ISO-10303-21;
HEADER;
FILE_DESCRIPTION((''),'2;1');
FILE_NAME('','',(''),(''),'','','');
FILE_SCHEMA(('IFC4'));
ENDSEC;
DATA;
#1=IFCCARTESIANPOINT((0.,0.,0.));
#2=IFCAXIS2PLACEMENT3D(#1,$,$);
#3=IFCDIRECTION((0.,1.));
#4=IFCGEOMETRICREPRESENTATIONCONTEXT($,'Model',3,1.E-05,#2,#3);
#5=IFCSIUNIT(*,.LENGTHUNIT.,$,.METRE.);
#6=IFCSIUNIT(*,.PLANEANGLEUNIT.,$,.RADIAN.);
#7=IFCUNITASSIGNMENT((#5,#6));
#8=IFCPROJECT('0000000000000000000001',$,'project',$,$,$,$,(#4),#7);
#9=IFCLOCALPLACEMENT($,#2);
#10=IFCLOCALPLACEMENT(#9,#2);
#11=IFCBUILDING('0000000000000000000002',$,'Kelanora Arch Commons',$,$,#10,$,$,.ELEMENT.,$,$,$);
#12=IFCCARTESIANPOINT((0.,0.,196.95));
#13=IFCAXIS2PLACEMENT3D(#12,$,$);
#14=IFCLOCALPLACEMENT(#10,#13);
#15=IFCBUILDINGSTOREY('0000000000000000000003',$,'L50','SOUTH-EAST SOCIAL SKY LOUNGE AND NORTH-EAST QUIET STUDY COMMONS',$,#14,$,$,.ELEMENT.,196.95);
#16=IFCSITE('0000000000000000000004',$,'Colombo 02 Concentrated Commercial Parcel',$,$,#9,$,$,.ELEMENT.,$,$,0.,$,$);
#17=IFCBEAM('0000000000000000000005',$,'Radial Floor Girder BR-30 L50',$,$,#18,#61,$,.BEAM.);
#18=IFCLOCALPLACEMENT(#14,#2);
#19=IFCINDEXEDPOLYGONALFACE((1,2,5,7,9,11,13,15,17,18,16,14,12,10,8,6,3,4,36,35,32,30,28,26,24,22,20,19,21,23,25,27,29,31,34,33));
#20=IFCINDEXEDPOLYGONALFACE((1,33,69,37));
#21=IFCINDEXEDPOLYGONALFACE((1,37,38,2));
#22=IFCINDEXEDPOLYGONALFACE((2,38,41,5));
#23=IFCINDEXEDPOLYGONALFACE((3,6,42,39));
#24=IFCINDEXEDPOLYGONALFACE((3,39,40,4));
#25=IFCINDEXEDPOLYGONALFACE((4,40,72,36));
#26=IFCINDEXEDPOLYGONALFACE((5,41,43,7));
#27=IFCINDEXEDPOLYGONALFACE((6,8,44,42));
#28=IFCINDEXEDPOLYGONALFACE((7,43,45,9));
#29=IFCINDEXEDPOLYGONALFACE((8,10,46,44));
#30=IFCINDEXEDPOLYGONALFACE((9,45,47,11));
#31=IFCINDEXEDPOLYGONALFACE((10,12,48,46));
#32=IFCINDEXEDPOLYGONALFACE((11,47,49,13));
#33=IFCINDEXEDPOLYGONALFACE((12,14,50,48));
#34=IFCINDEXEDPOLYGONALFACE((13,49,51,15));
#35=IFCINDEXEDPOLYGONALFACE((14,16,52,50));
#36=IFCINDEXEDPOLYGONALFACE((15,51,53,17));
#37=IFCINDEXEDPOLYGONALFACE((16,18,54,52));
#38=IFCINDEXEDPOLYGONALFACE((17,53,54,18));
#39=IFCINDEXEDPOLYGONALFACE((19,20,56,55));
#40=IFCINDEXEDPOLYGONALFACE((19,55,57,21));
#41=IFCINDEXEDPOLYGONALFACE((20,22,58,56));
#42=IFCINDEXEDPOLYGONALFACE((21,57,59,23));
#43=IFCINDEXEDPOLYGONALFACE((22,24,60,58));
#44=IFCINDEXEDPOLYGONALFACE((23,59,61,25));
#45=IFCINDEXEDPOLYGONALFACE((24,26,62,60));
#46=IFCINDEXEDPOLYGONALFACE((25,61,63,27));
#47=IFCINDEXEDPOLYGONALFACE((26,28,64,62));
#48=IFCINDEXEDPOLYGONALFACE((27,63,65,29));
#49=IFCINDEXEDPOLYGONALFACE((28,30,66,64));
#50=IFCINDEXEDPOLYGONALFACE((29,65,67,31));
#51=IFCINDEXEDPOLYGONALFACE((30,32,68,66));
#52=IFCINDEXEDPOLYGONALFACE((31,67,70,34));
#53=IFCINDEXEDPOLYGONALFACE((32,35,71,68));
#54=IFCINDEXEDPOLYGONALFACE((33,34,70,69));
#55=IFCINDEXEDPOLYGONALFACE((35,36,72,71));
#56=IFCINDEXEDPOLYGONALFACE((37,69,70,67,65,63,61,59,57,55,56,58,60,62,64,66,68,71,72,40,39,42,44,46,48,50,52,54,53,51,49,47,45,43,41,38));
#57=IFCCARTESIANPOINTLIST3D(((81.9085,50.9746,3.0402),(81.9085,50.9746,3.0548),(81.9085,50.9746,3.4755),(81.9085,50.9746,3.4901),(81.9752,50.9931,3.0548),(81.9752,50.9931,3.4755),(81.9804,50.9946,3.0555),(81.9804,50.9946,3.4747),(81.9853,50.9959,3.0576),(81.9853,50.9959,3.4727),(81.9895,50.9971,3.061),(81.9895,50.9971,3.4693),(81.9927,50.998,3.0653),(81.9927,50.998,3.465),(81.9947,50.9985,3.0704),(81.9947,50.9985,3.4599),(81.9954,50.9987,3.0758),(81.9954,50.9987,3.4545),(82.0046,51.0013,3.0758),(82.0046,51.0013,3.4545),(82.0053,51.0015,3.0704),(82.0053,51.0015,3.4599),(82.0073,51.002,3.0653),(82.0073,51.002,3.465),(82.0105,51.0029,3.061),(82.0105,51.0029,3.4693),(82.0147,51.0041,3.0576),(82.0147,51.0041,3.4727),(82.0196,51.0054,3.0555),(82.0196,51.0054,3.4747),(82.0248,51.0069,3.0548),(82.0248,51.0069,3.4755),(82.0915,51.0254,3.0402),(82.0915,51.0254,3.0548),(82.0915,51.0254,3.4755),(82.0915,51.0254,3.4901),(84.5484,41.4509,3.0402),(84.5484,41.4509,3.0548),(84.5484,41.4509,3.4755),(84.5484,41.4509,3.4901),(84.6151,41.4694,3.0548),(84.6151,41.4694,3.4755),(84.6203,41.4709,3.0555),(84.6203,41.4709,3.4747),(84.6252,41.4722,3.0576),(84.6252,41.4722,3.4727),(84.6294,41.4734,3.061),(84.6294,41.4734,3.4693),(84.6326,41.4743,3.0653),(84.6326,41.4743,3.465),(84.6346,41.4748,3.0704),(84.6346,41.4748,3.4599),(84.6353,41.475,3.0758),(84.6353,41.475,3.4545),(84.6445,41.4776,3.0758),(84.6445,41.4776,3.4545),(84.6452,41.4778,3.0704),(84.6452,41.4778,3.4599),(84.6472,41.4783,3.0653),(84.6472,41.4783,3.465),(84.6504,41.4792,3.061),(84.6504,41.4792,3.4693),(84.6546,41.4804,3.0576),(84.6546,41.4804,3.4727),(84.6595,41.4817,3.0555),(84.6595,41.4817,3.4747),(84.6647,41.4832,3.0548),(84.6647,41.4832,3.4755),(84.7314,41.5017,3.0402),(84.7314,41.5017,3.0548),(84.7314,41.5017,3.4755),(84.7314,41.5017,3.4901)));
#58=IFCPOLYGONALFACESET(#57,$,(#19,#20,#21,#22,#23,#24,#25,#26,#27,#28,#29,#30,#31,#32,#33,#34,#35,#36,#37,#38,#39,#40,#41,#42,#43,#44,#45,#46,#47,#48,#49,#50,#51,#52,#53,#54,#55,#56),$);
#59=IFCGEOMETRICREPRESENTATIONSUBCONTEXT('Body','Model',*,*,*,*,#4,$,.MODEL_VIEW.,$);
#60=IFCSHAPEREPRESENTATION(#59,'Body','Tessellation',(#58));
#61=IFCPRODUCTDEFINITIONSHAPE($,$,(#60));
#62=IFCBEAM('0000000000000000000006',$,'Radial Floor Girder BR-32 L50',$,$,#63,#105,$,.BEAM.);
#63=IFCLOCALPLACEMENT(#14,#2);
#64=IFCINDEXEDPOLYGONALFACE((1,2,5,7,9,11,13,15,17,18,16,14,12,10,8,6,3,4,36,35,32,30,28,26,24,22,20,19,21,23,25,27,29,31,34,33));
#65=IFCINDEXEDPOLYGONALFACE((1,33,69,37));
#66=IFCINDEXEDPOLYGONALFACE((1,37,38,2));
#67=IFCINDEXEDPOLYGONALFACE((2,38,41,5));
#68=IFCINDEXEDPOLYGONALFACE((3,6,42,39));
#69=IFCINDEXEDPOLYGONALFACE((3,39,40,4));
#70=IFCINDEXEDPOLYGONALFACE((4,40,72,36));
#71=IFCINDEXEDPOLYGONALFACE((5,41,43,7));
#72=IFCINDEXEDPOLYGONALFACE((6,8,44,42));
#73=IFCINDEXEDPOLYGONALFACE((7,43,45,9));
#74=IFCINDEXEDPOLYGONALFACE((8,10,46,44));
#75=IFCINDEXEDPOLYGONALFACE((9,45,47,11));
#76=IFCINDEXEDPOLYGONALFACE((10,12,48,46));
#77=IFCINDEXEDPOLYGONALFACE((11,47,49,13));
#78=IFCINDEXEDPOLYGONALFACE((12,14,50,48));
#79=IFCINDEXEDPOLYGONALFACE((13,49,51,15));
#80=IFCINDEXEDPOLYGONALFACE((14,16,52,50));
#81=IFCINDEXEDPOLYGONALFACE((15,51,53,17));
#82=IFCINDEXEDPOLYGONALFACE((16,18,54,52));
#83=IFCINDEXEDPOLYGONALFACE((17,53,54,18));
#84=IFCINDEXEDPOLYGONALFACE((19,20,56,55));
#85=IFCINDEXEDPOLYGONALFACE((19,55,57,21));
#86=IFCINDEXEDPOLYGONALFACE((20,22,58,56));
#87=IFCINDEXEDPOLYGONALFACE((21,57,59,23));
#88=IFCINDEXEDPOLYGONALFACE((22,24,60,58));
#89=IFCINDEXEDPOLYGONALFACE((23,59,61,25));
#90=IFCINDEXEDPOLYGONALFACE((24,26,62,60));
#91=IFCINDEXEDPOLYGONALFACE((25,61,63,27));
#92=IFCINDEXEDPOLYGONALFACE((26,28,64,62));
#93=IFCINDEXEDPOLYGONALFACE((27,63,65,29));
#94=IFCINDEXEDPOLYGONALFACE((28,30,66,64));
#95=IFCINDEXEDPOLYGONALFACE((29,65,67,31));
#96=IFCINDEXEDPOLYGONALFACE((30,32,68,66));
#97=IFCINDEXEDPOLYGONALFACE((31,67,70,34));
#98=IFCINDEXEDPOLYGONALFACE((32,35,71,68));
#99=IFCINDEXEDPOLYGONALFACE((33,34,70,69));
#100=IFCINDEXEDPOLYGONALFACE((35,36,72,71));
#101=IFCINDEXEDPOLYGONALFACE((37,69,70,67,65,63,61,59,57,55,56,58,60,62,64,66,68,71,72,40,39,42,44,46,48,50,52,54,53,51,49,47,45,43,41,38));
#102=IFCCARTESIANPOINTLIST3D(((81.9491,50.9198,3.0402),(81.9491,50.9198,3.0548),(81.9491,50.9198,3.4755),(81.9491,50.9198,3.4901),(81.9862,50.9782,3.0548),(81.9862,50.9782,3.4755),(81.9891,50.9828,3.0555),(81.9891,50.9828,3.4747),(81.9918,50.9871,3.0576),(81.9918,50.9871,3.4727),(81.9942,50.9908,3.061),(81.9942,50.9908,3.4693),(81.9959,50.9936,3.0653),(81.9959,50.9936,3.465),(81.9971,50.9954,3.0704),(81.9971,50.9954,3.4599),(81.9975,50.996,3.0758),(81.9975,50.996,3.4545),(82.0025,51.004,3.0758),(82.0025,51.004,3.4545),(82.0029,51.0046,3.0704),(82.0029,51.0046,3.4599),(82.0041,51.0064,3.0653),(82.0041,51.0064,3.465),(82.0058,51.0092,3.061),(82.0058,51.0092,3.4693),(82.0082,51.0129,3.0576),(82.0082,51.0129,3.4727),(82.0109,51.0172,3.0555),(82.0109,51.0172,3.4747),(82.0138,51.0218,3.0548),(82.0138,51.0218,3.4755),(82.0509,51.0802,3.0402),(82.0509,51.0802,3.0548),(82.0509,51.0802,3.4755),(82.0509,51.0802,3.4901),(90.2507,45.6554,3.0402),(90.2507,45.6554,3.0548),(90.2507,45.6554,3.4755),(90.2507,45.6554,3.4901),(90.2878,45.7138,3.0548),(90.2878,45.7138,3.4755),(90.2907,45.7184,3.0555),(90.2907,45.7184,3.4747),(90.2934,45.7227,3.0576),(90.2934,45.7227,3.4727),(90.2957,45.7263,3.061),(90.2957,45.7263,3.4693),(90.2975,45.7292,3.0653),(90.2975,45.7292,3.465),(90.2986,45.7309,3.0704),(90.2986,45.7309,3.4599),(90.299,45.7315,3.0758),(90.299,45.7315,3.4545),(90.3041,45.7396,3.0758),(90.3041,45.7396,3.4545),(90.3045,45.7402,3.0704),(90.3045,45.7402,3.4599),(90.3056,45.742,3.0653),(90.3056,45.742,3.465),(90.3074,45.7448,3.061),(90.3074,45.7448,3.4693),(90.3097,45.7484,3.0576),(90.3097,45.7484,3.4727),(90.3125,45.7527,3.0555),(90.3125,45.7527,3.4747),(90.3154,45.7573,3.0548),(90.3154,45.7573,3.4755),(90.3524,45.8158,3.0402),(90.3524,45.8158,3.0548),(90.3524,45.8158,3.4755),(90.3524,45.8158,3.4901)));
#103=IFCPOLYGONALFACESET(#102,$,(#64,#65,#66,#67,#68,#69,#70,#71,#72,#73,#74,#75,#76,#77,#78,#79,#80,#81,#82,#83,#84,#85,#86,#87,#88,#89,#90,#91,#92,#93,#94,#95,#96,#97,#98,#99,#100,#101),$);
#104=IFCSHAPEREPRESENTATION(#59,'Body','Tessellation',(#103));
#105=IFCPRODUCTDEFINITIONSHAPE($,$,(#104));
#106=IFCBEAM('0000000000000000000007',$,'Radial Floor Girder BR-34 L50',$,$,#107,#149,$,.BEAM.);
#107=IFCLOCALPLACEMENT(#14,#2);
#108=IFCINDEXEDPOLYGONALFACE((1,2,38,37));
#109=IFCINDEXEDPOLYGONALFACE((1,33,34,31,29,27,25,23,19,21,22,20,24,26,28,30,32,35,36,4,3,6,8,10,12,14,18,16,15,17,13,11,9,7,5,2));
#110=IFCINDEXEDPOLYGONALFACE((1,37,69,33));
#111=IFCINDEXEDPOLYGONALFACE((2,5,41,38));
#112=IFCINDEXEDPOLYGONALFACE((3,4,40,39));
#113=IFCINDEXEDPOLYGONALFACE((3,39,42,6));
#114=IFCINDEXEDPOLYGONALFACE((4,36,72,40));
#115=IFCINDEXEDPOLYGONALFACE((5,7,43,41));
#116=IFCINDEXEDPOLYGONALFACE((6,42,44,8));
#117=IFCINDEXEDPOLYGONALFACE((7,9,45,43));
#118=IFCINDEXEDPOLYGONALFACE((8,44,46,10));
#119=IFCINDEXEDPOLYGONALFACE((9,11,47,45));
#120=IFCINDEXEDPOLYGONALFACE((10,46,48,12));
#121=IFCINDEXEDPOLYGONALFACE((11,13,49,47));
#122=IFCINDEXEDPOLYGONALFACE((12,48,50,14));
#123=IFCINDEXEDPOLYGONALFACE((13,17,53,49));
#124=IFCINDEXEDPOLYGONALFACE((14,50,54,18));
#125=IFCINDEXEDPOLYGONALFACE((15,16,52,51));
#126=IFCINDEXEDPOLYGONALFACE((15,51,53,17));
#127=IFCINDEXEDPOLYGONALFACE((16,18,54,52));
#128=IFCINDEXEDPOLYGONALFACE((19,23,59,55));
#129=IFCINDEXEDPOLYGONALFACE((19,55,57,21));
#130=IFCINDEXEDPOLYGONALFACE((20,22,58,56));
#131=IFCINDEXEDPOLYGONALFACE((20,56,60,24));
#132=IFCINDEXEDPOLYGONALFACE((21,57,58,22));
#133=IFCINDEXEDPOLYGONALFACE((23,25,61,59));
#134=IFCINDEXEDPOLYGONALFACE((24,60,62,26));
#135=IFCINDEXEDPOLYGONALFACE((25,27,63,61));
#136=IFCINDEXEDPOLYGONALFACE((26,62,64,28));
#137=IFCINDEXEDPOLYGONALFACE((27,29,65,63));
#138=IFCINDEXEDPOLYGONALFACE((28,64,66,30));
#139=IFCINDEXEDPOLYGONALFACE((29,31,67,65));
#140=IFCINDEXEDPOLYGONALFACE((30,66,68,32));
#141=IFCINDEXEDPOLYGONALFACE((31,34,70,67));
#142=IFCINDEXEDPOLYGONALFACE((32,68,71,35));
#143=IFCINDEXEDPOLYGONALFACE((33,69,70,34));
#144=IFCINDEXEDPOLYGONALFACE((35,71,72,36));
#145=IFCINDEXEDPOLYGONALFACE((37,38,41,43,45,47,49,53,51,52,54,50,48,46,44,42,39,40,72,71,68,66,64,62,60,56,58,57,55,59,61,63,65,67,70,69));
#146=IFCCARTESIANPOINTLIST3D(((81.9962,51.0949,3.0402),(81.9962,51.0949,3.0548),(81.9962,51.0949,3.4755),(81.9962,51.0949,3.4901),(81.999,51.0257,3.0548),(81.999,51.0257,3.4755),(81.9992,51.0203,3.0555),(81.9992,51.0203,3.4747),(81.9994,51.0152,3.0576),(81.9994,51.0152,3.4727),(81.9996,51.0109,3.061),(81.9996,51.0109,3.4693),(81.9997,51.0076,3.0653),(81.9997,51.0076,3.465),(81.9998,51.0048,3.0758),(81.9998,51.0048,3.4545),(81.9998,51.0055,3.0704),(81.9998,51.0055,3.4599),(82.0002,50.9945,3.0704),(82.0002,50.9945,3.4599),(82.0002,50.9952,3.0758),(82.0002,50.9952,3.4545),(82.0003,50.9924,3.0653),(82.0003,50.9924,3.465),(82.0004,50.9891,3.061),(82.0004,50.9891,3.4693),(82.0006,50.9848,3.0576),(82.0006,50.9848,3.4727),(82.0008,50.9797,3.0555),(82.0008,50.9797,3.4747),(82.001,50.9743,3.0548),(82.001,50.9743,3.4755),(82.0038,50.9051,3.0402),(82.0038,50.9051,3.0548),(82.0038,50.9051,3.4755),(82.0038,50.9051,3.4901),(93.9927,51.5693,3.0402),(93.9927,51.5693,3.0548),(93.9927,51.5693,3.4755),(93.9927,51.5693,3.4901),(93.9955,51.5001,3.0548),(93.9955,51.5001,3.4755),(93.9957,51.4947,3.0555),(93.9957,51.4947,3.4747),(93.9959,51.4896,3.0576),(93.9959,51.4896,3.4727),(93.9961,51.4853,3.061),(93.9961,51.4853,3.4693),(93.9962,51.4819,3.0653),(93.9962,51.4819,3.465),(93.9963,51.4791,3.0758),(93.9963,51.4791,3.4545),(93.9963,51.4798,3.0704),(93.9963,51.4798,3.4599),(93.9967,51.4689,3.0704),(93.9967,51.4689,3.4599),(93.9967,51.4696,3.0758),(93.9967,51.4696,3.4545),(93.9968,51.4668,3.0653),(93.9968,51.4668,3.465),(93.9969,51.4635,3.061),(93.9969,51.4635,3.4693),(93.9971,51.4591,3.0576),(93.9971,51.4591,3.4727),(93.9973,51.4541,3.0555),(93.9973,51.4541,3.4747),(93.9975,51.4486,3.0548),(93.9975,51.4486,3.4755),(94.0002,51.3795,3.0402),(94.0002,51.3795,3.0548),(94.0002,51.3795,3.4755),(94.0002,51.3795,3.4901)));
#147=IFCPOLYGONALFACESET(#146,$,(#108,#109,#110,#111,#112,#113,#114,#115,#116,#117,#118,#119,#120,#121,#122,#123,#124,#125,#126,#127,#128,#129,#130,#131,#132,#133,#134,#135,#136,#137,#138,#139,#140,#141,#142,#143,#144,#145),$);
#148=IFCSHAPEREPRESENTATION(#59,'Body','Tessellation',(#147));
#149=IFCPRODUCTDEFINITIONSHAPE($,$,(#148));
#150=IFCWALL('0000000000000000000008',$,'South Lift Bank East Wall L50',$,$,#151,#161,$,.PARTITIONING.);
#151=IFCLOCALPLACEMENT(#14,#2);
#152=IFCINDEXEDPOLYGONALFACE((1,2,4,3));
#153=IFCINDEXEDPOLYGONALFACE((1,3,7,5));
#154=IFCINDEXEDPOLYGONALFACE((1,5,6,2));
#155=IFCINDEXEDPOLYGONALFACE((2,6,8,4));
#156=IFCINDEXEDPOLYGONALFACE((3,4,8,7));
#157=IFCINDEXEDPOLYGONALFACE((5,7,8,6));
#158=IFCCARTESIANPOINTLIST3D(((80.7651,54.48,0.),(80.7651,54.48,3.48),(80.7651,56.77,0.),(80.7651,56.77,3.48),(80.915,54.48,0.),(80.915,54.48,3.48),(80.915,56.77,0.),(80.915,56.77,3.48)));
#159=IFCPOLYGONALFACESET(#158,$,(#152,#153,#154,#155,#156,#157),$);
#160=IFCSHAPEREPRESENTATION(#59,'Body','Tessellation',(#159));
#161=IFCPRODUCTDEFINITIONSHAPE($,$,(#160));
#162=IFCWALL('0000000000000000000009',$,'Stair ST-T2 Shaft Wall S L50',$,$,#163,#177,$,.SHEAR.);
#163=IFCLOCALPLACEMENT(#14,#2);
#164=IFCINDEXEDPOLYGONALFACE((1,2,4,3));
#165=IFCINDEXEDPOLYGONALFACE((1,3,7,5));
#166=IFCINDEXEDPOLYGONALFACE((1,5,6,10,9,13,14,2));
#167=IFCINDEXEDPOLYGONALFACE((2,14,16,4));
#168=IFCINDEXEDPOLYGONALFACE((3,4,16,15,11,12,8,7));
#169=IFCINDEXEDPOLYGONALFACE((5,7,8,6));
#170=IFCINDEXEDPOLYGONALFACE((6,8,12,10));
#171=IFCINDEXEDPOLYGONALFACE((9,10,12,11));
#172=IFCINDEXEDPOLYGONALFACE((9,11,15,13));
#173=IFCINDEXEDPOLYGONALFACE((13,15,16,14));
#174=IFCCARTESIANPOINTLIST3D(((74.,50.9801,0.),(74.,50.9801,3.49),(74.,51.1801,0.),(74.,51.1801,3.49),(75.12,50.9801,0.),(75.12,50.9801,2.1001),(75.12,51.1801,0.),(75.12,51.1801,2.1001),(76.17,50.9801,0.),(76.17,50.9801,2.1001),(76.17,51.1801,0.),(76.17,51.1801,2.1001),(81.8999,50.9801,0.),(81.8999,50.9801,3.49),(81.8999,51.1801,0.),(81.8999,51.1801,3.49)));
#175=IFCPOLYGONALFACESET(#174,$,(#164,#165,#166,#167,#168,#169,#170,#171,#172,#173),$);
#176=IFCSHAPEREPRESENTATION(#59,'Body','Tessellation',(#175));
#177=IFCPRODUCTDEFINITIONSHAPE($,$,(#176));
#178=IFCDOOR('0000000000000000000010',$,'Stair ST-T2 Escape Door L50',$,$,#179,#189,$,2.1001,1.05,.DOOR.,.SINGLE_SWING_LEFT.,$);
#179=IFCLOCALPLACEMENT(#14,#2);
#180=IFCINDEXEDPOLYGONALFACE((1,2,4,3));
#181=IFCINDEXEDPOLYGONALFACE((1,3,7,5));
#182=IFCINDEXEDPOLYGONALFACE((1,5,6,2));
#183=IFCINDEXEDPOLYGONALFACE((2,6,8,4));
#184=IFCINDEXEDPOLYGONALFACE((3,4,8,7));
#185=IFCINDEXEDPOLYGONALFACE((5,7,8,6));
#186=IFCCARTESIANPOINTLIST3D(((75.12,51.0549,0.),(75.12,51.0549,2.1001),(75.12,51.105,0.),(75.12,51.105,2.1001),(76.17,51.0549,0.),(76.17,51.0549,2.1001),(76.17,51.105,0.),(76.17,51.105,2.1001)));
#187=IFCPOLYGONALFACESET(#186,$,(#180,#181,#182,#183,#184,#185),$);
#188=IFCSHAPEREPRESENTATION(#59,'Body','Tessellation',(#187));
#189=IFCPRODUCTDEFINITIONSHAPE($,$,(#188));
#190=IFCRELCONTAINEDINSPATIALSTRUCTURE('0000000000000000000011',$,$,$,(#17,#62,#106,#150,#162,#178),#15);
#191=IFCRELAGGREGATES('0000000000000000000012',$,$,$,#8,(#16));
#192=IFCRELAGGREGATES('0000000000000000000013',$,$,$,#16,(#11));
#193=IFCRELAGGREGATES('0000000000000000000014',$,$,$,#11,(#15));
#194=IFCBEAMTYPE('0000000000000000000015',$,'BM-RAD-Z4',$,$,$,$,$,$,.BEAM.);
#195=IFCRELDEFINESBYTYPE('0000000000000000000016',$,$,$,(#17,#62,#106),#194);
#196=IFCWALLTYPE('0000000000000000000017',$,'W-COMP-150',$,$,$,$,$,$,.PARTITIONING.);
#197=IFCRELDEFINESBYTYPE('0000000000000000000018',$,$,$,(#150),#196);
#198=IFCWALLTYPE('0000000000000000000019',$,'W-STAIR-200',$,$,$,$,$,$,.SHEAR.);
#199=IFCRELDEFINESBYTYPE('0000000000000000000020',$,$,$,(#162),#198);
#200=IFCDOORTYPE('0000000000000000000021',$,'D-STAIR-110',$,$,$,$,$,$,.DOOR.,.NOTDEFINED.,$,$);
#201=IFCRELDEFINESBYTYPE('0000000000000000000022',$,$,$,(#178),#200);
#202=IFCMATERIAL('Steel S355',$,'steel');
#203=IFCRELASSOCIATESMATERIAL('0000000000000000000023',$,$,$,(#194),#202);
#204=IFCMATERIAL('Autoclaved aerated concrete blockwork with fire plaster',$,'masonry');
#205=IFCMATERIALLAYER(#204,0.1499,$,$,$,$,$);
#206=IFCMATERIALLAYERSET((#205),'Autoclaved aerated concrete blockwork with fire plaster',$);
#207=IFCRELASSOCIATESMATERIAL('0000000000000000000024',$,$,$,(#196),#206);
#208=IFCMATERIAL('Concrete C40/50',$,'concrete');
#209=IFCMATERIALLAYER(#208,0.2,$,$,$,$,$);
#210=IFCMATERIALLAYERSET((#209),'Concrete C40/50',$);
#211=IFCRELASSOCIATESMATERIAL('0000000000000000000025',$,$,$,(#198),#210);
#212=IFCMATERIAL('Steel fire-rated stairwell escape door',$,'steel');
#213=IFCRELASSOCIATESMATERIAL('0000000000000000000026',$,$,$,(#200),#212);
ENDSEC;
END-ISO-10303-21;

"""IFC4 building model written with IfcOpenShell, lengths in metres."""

from ifc_helpers import new_model, si_unit, direction, frame, frame_2d, origin, origin_2d, place, context, subcontext, project, spatial, rectangle, i_section, extrude, material, layer, layer_set, material_profile, profile_set, type_object, element, fill, save


model = new_model("IFC4")

# Units and contexts
model_context = context("Model", 3, precision=1e-05, world=origin(), true_north=direction((0.0, 1.0)))
body_context = subcontext(model_context, "Body", "Model", "MODEL_VIEW")
ifc_project = project(units=[si_unit("LENGTHUNIT", "METRE"), si_unit("PLANEANGLEUNIT", "RADIAN")], contexts=[model_context])

# Site, building, storey
site_placement = place(None, origin())
site = spatial("IfcSite", under=ifc_project, at=site_placement, Name="Colombo 02 Concentrated Commercial Parcel", CompositionType="ELEMENT", RefElevation=0.0)
building_placement = place(site_placement, origin())
building = spatial("IfcBuilding", under=site, at=building_placement, Name="Kelanora Arch Commons", CompositionType="ELEMENT")
storey_placement = place(building_placement, frame((0.0, 0.0, 196.95)))
storey = spatial("IfcBuildingStorey", under=building, at=storey_placement, Name="L50", Description="SOUTH-EAST SOCIAL SKY LOUNGE AND NORTH-EAST QUIET STUDY COMMONS", CompositionType="ELEMENT", Elevation=196.95)

# Beams
ifc_material_1 = material(Name="Steel S355", Category="steel")
ifc_material_profile_1 = material_profile(ifc_material_1, i_section(OverallWidth=0.1899, OverallDepth=0.45, WebThickness=0.0095, FlangeThickness=0.0146, FilletRadius=0.021, at=origin_2d()), Name="IPE450")
ifc_profile_set_1 = profile_set([ifc_material_profile_1], Name="Steel S355")
beam_type_1 = type_object("IfcBeamType", Name="BM-RAD-Z4", PredefinedType="BEAM", material=ifc_profile_set_1)
beam_1_placement = place(storey_placement, frame((82.0, 51.0, 3.2651), z_axis=(0.26712, -0.963663, 0.0), x_axis=(0.963663, 0.26712, 0.0)))
element("IfcBeam", 1, at=beam_1_placement, inside=storey, type_object=beam_type_1, Name="Radial Floor Girder BR-30 L50", PredefinedType="BEAM", context=body_context, shape_type="SweptSolid", body=[
    extrude(i_section(OverallWidth=0.1899, OverallDepth=0.45, WebThickness=0.0095, FlangeThickness=0.0146, FilletRadius=0.021, at=origin_2d()), origin(), (0.0, 0.0, 1.0), 9.8828),
])
beam_2_placement = place(storey_placement, frame((82.0, 51.0, 3.2651), z_axis=(0.844507, -0.535544, 0.0), x_axis=(0.535544, 0.844507, 0.0)))
element("IfcBeam", 2, at=beam_2_placement, inside=storey, type_object=beam_type_1, Name="Radial Floor Girder BR-32 L50", PredefinedType="BEAM", context=body_context, shape_type="SweptSolid", body=[
    extrude(i_section(OverallWidth=0.1899, OverallDepth=0.45, WebThickness=0.0095, FlangeThickness=0.0146, FilletRadius=0.021, at=origin_2d()), origin(), (0.0, 0.0, 1.0), 9.8301),
])
beam_3_placement = place(storey_placement, frame((82.0, 51.0, 3.2651), z_axis=(0.999219, 0.039511, 0.0), x_axis=(-0.039511, 0.999219, 0.0)))
element("IfcBeam", 3, at=beam_3_placement, inside=storey, type_object=beam_type_1, Name="Radial Floor Girder BR-34 L50", PredefinedType="BEAM", context=body_context, shape_type="SweptSolid", body=[
    extrude(i_section(OverallWidth=0.1899, OverallDepth=0.45, WebThickness=0.0095, FlangeThickness=0.0146, FilletRadius=0.021, at=origin_2d()), origin(), (0.0, 0.0, 1.0), 12.0059),
])

# Wall
ifc_material_2 = material(Name="Autoclaved aerated concrete blockwork with fire plaster", Category="masonry")
ifc_layer_1 = layer(ifc_material_2, 0.1499)
ifc_layer_set_1 = layer_set([ifc_layer_1], Name="Autoclaved aerated concrete blockwork with fire plaster")
wall_type_1 = type_object("IfcWallType", Name="W-COMP-150", PredefinedType="PARTITIONING", material=ifc_layer_set_1)
wall_1_placement = place(storey_placement, frame((80.8401, 54.48, 0.0), z_axis=(0.0, 0.0, 1.0), x_axis=(0.0, 1.0, 0.0)))
element("IfcWall", 4, at=wall_1_placement, inside=storey, type_object=wall_type_1, Name="South Lift Bank East Wall L50", PredefinedType="PARTITIONING", context=body_context, shape_type="SweptSolid", body=[
    extrude(rectangle(XDim=2.29, YDim=0.1499, at=frame_2d((1.145, 0.0))), origin(), (0.0, 0.0, 1.0), 3.48),
])

# Wall, opening, door
ifc_material_3 = material(Name="Concrete C40/50", Category="concrete")
ifc_layer_2 = layer(ifc_material_3, 0.2)
ifc_layer_set_2 = layer_set([ifc_layer_2], Name="Concrete C40/50")
wall_type_2 = type_object("IfcWallType", Name="W-STAIR-200", PredefinedType="SHEAR", material=ifc_layer_set_2)
wall_2_placement = place(storey_placement, frame((74.0, 51.0801, 0.0), z_axis=(0.0, 0.0, 1.0), x_axis=(1.0, 0.0, 0.0)))
wall_2 = element("IfcWall", 5, at=wall_2_placement, inside=storey, type_object=wall_type_2, Name="Stair ST-T2 Shaft Wall S L50", PredefinedType="SHEAR", context=body_context, shape_type="SweptSolid", body=[
    extrude(rectangle(XDim=7.8999, YDim=0.2, at=frame_2d((3.95, 0.0))), origin(), (0.0, 0.0, 1.0), 3.49),
])
opening_placement = place(wall_2_placement, frame((1.1201, 0.0, 0.0)))
opening = element("IfcOpeningElement", 6, at=opening_placement, cuts=wall_2, PredefinedType="OPENING", context=body_context, shape_type="SweptSolid", body=[
    extrude(rectangle(XDim=1.05, YDim=2.1001, at=frame_2d((0.5249, 1.05))), frame((0.0, 0.1099, 0.0), z_axis=(0.0, -1.0, 0.0), x_axis=(1.0, 0.0, 0.0)), (0.0, 0.0, 1.0), 0.22),
])
ifc_material_4 = material(Name="Steel fire-rated stairwell escape door", Category="steel")
door_type = type_object("IfcDoorType", Name="D-STAIR-110", OperationType="NOTDEFINED", PredefinedType="DOOR", material=ifc_material_4)
door_placement = place(opening_placement, origin())
door = element("IfcDoor", 7, at=door_placement, inside=storey, type_object=door_type, Name="Stair ST-T2 Escape Door L50", OperationType="SINGLE_SWING_LEFT", OverallHeight=2.1001, OverallWidth=1.05, PredefinedType="DOOR", context=body_context, shape_type="SweptSolid", body=[
    extrude(rectangle(XDim=1.05, YDim=2.1001, at=frame_2d((0.5249, 1.05))), frame((0.0, 0.0249, 0.0), z_axis=(0.0, -1.0, 0.0), x_axis=(1.0, 0.0, 0.0)), (0.0, 0.0, 1.0), 0.05),
])
fill(opening, door)

save(model, "model.ifc")
